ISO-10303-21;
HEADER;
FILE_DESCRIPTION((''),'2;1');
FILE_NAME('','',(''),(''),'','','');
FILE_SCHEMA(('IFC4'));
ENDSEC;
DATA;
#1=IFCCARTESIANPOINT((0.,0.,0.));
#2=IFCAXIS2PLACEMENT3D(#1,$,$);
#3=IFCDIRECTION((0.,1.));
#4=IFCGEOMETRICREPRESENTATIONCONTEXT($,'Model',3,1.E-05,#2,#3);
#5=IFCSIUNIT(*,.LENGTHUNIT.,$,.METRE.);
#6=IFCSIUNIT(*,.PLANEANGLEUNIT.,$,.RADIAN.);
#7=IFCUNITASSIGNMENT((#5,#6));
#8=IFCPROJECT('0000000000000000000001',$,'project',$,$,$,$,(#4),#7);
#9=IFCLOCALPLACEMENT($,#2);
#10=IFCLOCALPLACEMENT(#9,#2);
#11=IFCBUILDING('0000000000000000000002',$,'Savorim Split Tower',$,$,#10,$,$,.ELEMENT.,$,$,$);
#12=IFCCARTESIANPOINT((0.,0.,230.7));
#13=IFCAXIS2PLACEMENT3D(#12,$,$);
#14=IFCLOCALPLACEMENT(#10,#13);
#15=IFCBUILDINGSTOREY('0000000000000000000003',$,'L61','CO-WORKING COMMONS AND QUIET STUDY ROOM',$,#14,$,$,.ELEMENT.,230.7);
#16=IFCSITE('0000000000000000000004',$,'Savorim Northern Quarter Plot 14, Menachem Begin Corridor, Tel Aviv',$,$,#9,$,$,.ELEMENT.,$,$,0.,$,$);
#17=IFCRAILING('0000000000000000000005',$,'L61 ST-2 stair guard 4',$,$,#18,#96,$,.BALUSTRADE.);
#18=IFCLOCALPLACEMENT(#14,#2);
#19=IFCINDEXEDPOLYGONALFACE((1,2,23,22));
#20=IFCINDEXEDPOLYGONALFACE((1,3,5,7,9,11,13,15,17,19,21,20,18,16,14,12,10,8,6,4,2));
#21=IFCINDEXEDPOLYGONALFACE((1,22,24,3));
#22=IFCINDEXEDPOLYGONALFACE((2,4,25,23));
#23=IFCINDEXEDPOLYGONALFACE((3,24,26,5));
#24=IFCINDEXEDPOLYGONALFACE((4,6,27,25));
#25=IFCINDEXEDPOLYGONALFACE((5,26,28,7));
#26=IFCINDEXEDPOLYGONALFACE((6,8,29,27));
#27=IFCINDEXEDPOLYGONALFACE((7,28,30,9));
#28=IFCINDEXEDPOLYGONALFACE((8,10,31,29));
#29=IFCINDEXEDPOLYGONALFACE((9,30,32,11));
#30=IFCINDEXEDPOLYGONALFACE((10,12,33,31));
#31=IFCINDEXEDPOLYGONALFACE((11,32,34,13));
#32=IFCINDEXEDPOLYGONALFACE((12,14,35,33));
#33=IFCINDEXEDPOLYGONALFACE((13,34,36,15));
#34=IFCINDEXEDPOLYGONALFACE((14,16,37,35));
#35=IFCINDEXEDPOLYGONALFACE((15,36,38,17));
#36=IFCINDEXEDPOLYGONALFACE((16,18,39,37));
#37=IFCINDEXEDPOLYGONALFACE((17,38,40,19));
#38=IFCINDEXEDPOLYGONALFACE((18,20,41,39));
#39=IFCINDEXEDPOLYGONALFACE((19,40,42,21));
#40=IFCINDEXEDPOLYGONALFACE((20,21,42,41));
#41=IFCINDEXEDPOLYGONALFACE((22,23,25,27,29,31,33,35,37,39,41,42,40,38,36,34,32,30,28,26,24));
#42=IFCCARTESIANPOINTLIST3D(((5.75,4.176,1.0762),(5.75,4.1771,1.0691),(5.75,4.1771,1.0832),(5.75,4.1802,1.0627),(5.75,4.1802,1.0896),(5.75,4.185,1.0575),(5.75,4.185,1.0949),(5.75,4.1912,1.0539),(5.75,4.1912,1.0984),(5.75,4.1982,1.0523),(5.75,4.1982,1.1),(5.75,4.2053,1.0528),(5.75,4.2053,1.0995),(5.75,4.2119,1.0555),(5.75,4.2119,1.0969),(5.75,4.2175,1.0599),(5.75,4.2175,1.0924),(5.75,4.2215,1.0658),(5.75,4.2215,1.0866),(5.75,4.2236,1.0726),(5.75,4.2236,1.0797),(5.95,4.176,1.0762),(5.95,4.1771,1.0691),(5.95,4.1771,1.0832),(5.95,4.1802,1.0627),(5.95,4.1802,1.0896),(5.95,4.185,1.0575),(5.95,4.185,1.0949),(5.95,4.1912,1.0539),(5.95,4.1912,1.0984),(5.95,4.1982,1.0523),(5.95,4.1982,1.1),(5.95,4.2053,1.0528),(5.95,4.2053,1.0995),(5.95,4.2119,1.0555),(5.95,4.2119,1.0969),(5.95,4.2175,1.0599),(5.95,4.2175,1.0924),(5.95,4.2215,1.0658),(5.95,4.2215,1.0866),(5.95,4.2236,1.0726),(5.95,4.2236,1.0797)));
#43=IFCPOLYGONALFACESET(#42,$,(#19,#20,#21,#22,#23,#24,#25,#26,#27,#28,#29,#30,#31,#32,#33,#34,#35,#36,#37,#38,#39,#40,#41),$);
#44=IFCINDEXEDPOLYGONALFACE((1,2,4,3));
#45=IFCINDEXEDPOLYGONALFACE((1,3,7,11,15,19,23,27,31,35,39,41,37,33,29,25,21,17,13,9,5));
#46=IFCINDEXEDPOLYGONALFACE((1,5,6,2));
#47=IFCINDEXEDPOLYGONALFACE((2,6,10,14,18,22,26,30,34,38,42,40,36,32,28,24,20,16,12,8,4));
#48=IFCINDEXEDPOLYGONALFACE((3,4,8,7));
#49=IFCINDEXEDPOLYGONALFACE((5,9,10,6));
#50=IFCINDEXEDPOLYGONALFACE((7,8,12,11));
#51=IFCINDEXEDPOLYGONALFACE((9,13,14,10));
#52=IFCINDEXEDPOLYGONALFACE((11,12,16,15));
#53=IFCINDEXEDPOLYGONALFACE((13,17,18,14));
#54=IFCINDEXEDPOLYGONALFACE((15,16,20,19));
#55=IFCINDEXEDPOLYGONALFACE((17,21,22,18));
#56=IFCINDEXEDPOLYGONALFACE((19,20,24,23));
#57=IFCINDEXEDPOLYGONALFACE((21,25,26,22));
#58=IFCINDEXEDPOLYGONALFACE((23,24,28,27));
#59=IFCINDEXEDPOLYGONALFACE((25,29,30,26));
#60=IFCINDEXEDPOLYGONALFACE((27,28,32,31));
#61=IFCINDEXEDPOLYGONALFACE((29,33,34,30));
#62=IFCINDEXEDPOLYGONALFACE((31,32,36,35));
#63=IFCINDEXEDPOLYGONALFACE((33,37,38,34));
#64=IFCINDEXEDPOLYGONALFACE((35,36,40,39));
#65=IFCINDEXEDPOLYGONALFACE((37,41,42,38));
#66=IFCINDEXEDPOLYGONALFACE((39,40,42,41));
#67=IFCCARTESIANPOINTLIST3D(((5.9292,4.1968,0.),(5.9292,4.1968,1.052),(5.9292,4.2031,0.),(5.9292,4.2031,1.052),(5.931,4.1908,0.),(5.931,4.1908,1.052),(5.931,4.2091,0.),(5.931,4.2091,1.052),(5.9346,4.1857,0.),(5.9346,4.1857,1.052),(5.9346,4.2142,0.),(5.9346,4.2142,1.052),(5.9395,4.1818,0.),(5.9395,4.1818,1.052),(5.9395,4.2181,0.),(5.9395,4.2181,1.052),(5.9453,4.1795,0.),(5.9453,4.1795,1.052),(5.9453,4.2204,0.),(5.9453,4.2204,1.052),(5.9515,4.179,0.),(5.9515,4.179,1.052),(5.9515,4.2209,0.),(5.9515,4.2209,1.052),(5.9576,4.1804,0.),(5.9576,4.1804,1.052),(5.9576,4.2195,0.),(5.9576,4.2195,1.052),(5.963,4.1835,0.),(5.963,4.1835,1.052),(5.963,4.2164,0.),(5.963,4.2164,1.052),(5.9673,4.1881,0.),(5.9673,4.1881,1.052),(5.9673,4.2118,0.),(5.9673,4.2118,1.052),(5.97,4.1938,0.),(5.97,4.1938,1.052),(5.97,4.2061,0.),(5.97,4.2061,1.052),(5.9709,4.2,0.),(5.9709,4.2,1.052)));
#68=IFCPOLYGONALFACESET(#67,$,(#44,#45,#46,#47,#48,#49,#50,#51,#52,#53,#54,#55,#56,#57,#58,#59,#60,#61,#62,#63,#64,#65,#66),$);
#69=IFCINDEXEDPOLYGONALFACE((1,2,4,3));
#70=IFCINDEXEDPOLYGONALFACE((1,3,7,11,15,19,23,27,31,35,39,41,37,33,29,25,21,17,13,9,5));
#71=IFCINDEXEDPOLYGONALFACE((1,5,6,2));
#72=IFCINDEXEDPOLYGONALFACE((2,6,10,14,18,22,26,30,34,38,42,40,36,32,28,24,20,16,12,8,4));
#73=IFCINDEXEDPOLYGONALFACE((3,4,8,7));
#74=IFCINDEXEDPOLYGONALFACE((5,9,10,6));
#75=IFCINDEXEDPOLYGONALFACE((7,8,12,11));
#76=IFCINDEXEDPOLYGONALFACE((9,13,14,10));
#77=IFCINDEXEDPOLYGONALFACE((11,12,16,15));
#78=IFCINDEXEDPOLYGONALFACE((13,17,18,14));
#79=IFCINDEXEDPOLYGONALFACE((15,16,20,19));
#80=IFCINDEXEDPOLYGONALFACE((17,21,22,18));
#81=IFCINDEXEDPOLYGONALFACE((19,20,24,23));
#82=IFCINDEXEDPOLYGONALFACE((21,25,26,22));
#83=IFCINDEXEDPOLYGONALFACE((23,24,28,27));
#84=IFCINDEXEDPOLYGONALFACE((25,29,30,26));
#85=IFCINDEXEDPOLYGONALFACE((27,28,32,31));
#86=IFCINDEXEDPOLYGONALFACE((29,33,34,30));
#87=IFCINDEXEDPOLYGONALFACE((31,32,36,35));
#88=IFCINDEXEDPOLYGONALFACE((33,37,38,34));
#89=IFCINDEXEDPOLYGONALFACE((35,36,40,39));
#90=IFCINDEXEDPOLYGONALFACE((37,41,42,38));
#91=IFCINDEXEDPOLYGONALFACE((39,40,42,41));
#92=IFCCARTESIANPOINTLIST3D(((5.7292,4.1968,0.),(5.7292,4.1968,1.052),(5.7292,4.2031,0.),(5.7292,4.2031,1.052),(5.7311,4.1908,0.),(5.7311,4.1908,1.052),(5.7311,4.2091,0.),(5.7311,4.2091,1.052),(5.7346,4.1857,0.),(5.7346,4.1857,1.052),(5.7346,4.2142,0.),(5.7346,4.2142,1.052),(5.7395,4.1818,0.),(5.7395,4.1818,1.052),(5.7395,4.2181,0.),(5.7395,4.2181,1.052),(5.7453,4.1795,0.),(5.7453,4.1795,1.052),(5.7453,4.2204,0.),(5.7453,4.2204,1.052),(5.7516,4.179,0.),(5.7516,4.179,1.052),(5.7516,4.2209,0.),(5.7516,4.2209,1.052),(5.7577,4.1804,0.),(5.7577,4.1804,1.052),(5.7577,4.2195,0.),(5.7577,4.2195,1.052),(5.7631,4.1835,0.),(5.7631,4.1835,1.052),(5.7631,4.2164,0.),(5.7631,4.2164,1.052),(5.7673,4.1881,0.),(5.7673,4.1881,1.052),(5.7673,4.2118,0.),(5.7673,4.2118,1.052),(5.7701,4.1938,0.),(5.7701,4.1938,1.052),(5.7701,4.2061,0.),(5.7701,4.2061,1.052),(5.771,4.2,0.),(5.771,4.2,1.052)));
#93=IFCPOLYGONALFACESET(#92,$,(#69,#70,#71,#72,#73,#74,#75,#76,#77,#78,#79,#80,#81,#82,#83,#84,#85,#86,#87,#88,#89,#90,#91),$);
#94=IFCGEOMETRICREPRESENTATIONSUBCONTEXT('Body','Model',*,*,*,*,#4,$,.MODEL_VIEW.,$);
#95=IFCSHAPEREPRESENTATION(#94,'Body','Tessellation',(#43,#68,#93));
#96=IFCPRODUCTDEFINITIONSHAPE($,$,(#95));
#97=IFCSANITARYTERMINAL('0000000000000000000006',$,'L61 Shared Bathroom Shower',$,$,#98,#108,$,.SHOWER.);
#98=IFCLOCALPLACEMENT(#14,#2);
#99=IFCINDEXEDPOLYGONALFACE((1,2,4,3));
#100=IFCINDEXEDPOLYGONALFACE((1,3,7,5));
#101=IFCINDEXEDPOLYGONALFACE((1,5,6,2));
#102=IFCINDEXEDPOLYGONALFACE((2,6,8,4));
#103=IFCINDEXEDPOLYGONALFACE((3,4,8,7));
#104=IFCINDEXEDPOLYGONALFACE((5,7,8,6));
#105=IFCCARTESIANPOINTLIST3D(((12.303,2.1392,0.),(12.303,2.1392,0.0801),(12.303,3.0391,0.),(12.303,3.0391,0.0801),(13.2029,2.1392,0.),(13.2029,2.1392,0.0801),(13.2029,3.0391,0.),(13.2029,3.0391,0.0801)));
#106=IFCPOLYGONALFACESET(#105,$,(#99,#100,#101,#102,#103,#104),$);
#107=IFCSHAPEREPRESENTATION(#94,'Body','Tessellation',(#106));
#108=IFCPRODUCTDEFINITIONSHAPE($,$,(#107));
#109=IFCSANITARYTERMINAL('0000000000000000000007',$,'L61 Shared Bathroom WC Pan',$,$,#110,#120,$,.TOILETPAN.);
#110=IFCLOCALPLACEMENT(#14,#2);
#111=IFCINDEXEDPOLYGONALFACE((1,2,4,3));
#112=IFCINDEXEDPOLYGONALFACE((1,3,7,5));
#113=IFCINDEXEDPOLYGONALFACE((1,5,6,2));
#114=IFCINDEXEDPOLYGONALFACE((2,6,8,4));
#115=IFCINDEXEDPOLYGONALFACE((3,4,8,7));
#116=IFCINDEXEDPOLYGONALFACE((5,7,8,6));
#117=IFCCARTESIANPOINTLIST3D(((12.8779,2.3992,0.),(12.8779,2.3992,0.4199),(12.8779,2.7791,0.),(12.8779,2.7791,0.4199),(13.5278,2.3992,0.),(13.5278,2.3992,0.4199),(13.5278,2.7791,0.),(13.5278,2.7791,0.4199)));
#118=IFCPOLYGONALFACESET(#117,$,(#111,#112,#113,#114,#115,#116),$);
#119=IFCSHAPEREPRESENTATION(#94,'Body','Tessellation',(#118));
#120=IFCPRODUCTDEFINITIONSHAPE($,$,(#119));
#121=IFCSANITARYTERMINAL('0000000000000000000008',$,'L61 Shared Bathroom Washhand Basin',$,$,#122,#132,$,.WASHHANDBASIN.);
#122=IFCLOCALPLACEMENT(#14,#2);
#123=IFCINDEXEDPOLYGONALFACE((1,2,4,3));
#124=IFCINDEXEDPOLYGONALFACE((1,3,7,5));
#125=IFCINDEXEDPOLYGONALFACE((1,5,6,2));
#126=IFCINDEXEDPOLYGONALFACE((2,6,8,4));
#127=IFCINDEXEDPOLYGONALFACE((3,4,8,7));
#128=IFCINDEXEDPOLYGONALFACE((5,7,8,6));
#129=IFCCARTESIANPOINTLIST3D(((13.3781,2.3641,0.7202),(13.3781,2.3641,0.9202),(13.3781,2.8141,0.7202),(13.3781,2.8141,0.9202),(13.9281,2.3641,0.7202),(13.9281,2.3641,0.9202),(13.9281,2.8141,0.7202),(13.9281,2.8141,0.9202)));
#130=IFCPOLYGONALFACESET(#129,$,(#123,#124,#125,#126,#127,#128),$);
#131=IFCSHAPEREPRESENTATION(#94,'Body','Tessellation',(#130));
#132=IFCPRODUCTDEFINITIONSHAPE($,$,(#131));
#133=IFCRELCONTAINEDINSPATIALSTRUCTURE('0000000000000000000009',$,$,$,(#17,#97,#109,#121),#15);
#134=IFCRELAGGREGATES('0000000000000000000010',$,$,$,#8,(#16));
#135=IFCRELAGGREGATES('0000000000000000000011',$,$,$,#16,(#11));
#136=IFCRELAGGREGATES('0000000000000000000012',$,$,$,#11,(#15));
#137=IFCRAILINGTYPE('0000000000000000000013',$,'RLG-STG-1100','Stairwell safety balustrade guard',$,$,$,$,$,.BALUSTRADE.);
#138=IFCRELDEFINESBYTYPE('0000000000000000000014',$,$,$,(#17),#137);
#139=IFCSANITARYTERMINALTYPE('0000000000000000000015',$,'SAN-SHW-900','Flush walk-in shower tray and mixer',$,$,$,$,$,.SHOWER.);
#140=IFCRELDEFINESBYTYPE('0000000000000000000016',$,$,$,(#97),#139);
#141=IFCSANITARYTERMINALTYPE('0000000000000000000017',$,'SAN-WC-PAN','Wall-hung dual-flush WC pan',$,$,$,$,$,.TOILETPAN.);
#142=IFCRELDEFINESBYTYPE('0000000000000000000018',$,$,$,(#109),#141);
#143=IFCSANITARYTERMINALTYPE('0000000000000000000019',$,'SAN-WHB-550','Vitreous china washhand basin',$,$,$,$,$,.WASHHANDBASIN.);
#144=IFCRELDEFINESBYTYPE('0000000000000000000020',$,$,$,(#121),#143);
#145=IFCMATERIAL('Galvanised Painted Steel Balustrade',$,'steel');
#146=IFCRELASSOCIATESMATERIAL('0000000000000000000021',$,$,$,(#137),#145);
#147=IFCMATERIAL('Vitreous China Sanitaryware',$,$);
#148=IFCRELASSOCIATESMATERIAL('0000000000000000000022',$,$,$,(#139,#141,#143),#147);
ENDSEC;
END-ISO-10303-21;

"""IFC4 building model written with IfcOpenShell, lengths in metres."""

from ifc_helpers import new_model, si_unit, direction, frame, origin, origin_2d, place, context, subcontext, project, spatial, rectangle, circle, extrude, material, type_object, element, save


model = new_model("IFC4")

# Units and contexts
model_context = context("Model", 3, precision=1e-05, world=origin(), true_north=direction((0.0, 1.0)))
body_context = subcontext(model_context, "Body", "Model", "MODEL_VIEW")
ifc_project = project(units=[si_unit("LENGTHUNIT", "METRE"), si_unit("PLANEANGLEUNIT", "RADIAN")], contexts=[model_context])

# Site, building, storey
site_placement = place(None, origin())
site = spatial("IfcSite", under=ifc_project, at=site_placement, Name="Savorim Northern Quarter Plot 14, Menachem Begin Corridor, Tel Aviv", CompositionType="ELEMENT", RefElevation=0.0)
building_placement = place(site_placement, origin())
building = spatial("IfcBuilding", under=site, at=building_placement, Name="Savorim Split Tower", CompositionType="ELEMENT")
storey_placement = place(building_placement, frame((0.0, 0.0, 230.7)))
storey = spatial("IfcBuildingStorey", under=building, at=storey_placement, Name="L61", Description="CO-WORKING COMMONS AND QUIET STUDY ROOM", CompositionType="ELEMENT", Elevation=230.7)

# Railing
ifc_material_1 = material(Name="Galvanised Painted Steel Balustrade", Category="steel")
railing_type_1 = type_object("IfcRailingType", Name="RLG-STG-1100", Description="Stairwell safety balustrade guard", PredefinedType="BALUSTRADE", material=ifc_material_1)
railing_1_placement = place(storey_placement, frame((5.95, 4.2, 0.0)))
element("IfcRailing", 1, at=railing_1_placement, inside=storey, type_object=railing_type_1, Name="L61 ST-2 stair guard 4", PredefinedType="BALUSTRADE", context=body_context, shape_type="SweptSolid", body=[
    extrude(circle(Radius=0.0239, at=origin_2d()), frame((0.0, 0.0, 1.0762), z_axis=(-1.0, 0.0, 0.0), x_axis=(0.0, -1.0, 0.0)), (0.0, 0.0, 1.0), 0.2),
    extrude(circle(Radius=0.021, at=origin_2d()), origin(), (0.0, 0.0, 1.0), 1.052),
    extrude(circle(Radius=0.021, at=origin_2d()), frame((-0.2, 0.0, 0.0)), (0.0, 0.0, 1.0), 1.052),
])

# Sanitary terminals
ifc_material_2 = material(Name="Vitreous China Sanitaryware")
sanitary_terminal_type_1 = type_object("IfcSanitaryTerminalType", Name="SAN-SHW-900", Description="Flush walk-in shower tray and mixer", PredefinedType="SHOWER", material=ifc_material_2)
sanitary_terminal_1_placement = place(storey_placement, frame((12.7529, 2.5891, 0.0), z_axis=(0.0, 0.0, 1.0), x_axis=(1.0, 0.0, 0.0)))
element("IfcSanitaryTerminal", 2, at=sanitary_terminal_1_placement, inside=storey, type_object=sanitary_terminal_type_1, Name="L61 Shared Bathroom Shower", PredefinedType="SHOWER", context=body_context, shape_type="SweptSolid", body=[
    extrude(rectangle(XDim=0.8999, YDim=0.8999, at=origin_2d()), origin(), (0.0, 0.0, 1.0), 0.0801),
])
sanitary_terminal_type_2 = type_object("IfcSanitaryTerminalType", Name="SAN-WC-PAN", Description="Wall-hung dual-flush WC pan", PredefinedType="TOILETPAN", material=ifc_material_2)
sanitary_terminal_2_placement = place(storey_placement, frame((13.2029, 2.5891, 0.0), z_axis=(0.0, 0.0, 1.0), x_axis=(1.0, 0.0, 0.0)))
element("IfcSanitaryTerminal", 3, at=sanitary_terminal_2_placement, inside=storey, type_object=sanitary_terminal_type_2, Name="L61 Shared Bathroom WC Pan", PredefinedType="TOILETPAN", context=body_context, shape_type="SweptSolid", body=[
    extrude(rectangle(XDim=0.6499, YDim=0.3799, at=origin_2d()), origin(), (0.0, 0.0, 1.0), 0.4199),
])
sanitary_terminal_type_3 = type_object("IfcSanitaryTerminalType", Name="SAN-WHB-550", Description="Vitreous china washhand basin", PredefinedType="WASHHANDBASIN", material=ifc_material_2)
sanitary_terminal_3_placement = place(storey_placement, frame((13.6531, 2.5891, 0.7202), z_axis=(0.0, 0.0, 1.0), x_axis=(1.0, 0.0, 0.0)))
element("IfcSanitaryTerminal", 4, at=sanitary_terminal_3_placement, inside=storey, type_object=sanitary_terminal_type_3, Name="L61 Shared Bathroom Washhand Basin", PredefinedType="WASHHANDBASIN", context=body_context, shape_type="SweptSolid", body=[
    extrude(rectangle(XDim=0.55, YDim=0.45, at=origin_2d()), origin(), (0.0, 0.0, 1.0), 0.2),
])

save(model, "model.ifc")
